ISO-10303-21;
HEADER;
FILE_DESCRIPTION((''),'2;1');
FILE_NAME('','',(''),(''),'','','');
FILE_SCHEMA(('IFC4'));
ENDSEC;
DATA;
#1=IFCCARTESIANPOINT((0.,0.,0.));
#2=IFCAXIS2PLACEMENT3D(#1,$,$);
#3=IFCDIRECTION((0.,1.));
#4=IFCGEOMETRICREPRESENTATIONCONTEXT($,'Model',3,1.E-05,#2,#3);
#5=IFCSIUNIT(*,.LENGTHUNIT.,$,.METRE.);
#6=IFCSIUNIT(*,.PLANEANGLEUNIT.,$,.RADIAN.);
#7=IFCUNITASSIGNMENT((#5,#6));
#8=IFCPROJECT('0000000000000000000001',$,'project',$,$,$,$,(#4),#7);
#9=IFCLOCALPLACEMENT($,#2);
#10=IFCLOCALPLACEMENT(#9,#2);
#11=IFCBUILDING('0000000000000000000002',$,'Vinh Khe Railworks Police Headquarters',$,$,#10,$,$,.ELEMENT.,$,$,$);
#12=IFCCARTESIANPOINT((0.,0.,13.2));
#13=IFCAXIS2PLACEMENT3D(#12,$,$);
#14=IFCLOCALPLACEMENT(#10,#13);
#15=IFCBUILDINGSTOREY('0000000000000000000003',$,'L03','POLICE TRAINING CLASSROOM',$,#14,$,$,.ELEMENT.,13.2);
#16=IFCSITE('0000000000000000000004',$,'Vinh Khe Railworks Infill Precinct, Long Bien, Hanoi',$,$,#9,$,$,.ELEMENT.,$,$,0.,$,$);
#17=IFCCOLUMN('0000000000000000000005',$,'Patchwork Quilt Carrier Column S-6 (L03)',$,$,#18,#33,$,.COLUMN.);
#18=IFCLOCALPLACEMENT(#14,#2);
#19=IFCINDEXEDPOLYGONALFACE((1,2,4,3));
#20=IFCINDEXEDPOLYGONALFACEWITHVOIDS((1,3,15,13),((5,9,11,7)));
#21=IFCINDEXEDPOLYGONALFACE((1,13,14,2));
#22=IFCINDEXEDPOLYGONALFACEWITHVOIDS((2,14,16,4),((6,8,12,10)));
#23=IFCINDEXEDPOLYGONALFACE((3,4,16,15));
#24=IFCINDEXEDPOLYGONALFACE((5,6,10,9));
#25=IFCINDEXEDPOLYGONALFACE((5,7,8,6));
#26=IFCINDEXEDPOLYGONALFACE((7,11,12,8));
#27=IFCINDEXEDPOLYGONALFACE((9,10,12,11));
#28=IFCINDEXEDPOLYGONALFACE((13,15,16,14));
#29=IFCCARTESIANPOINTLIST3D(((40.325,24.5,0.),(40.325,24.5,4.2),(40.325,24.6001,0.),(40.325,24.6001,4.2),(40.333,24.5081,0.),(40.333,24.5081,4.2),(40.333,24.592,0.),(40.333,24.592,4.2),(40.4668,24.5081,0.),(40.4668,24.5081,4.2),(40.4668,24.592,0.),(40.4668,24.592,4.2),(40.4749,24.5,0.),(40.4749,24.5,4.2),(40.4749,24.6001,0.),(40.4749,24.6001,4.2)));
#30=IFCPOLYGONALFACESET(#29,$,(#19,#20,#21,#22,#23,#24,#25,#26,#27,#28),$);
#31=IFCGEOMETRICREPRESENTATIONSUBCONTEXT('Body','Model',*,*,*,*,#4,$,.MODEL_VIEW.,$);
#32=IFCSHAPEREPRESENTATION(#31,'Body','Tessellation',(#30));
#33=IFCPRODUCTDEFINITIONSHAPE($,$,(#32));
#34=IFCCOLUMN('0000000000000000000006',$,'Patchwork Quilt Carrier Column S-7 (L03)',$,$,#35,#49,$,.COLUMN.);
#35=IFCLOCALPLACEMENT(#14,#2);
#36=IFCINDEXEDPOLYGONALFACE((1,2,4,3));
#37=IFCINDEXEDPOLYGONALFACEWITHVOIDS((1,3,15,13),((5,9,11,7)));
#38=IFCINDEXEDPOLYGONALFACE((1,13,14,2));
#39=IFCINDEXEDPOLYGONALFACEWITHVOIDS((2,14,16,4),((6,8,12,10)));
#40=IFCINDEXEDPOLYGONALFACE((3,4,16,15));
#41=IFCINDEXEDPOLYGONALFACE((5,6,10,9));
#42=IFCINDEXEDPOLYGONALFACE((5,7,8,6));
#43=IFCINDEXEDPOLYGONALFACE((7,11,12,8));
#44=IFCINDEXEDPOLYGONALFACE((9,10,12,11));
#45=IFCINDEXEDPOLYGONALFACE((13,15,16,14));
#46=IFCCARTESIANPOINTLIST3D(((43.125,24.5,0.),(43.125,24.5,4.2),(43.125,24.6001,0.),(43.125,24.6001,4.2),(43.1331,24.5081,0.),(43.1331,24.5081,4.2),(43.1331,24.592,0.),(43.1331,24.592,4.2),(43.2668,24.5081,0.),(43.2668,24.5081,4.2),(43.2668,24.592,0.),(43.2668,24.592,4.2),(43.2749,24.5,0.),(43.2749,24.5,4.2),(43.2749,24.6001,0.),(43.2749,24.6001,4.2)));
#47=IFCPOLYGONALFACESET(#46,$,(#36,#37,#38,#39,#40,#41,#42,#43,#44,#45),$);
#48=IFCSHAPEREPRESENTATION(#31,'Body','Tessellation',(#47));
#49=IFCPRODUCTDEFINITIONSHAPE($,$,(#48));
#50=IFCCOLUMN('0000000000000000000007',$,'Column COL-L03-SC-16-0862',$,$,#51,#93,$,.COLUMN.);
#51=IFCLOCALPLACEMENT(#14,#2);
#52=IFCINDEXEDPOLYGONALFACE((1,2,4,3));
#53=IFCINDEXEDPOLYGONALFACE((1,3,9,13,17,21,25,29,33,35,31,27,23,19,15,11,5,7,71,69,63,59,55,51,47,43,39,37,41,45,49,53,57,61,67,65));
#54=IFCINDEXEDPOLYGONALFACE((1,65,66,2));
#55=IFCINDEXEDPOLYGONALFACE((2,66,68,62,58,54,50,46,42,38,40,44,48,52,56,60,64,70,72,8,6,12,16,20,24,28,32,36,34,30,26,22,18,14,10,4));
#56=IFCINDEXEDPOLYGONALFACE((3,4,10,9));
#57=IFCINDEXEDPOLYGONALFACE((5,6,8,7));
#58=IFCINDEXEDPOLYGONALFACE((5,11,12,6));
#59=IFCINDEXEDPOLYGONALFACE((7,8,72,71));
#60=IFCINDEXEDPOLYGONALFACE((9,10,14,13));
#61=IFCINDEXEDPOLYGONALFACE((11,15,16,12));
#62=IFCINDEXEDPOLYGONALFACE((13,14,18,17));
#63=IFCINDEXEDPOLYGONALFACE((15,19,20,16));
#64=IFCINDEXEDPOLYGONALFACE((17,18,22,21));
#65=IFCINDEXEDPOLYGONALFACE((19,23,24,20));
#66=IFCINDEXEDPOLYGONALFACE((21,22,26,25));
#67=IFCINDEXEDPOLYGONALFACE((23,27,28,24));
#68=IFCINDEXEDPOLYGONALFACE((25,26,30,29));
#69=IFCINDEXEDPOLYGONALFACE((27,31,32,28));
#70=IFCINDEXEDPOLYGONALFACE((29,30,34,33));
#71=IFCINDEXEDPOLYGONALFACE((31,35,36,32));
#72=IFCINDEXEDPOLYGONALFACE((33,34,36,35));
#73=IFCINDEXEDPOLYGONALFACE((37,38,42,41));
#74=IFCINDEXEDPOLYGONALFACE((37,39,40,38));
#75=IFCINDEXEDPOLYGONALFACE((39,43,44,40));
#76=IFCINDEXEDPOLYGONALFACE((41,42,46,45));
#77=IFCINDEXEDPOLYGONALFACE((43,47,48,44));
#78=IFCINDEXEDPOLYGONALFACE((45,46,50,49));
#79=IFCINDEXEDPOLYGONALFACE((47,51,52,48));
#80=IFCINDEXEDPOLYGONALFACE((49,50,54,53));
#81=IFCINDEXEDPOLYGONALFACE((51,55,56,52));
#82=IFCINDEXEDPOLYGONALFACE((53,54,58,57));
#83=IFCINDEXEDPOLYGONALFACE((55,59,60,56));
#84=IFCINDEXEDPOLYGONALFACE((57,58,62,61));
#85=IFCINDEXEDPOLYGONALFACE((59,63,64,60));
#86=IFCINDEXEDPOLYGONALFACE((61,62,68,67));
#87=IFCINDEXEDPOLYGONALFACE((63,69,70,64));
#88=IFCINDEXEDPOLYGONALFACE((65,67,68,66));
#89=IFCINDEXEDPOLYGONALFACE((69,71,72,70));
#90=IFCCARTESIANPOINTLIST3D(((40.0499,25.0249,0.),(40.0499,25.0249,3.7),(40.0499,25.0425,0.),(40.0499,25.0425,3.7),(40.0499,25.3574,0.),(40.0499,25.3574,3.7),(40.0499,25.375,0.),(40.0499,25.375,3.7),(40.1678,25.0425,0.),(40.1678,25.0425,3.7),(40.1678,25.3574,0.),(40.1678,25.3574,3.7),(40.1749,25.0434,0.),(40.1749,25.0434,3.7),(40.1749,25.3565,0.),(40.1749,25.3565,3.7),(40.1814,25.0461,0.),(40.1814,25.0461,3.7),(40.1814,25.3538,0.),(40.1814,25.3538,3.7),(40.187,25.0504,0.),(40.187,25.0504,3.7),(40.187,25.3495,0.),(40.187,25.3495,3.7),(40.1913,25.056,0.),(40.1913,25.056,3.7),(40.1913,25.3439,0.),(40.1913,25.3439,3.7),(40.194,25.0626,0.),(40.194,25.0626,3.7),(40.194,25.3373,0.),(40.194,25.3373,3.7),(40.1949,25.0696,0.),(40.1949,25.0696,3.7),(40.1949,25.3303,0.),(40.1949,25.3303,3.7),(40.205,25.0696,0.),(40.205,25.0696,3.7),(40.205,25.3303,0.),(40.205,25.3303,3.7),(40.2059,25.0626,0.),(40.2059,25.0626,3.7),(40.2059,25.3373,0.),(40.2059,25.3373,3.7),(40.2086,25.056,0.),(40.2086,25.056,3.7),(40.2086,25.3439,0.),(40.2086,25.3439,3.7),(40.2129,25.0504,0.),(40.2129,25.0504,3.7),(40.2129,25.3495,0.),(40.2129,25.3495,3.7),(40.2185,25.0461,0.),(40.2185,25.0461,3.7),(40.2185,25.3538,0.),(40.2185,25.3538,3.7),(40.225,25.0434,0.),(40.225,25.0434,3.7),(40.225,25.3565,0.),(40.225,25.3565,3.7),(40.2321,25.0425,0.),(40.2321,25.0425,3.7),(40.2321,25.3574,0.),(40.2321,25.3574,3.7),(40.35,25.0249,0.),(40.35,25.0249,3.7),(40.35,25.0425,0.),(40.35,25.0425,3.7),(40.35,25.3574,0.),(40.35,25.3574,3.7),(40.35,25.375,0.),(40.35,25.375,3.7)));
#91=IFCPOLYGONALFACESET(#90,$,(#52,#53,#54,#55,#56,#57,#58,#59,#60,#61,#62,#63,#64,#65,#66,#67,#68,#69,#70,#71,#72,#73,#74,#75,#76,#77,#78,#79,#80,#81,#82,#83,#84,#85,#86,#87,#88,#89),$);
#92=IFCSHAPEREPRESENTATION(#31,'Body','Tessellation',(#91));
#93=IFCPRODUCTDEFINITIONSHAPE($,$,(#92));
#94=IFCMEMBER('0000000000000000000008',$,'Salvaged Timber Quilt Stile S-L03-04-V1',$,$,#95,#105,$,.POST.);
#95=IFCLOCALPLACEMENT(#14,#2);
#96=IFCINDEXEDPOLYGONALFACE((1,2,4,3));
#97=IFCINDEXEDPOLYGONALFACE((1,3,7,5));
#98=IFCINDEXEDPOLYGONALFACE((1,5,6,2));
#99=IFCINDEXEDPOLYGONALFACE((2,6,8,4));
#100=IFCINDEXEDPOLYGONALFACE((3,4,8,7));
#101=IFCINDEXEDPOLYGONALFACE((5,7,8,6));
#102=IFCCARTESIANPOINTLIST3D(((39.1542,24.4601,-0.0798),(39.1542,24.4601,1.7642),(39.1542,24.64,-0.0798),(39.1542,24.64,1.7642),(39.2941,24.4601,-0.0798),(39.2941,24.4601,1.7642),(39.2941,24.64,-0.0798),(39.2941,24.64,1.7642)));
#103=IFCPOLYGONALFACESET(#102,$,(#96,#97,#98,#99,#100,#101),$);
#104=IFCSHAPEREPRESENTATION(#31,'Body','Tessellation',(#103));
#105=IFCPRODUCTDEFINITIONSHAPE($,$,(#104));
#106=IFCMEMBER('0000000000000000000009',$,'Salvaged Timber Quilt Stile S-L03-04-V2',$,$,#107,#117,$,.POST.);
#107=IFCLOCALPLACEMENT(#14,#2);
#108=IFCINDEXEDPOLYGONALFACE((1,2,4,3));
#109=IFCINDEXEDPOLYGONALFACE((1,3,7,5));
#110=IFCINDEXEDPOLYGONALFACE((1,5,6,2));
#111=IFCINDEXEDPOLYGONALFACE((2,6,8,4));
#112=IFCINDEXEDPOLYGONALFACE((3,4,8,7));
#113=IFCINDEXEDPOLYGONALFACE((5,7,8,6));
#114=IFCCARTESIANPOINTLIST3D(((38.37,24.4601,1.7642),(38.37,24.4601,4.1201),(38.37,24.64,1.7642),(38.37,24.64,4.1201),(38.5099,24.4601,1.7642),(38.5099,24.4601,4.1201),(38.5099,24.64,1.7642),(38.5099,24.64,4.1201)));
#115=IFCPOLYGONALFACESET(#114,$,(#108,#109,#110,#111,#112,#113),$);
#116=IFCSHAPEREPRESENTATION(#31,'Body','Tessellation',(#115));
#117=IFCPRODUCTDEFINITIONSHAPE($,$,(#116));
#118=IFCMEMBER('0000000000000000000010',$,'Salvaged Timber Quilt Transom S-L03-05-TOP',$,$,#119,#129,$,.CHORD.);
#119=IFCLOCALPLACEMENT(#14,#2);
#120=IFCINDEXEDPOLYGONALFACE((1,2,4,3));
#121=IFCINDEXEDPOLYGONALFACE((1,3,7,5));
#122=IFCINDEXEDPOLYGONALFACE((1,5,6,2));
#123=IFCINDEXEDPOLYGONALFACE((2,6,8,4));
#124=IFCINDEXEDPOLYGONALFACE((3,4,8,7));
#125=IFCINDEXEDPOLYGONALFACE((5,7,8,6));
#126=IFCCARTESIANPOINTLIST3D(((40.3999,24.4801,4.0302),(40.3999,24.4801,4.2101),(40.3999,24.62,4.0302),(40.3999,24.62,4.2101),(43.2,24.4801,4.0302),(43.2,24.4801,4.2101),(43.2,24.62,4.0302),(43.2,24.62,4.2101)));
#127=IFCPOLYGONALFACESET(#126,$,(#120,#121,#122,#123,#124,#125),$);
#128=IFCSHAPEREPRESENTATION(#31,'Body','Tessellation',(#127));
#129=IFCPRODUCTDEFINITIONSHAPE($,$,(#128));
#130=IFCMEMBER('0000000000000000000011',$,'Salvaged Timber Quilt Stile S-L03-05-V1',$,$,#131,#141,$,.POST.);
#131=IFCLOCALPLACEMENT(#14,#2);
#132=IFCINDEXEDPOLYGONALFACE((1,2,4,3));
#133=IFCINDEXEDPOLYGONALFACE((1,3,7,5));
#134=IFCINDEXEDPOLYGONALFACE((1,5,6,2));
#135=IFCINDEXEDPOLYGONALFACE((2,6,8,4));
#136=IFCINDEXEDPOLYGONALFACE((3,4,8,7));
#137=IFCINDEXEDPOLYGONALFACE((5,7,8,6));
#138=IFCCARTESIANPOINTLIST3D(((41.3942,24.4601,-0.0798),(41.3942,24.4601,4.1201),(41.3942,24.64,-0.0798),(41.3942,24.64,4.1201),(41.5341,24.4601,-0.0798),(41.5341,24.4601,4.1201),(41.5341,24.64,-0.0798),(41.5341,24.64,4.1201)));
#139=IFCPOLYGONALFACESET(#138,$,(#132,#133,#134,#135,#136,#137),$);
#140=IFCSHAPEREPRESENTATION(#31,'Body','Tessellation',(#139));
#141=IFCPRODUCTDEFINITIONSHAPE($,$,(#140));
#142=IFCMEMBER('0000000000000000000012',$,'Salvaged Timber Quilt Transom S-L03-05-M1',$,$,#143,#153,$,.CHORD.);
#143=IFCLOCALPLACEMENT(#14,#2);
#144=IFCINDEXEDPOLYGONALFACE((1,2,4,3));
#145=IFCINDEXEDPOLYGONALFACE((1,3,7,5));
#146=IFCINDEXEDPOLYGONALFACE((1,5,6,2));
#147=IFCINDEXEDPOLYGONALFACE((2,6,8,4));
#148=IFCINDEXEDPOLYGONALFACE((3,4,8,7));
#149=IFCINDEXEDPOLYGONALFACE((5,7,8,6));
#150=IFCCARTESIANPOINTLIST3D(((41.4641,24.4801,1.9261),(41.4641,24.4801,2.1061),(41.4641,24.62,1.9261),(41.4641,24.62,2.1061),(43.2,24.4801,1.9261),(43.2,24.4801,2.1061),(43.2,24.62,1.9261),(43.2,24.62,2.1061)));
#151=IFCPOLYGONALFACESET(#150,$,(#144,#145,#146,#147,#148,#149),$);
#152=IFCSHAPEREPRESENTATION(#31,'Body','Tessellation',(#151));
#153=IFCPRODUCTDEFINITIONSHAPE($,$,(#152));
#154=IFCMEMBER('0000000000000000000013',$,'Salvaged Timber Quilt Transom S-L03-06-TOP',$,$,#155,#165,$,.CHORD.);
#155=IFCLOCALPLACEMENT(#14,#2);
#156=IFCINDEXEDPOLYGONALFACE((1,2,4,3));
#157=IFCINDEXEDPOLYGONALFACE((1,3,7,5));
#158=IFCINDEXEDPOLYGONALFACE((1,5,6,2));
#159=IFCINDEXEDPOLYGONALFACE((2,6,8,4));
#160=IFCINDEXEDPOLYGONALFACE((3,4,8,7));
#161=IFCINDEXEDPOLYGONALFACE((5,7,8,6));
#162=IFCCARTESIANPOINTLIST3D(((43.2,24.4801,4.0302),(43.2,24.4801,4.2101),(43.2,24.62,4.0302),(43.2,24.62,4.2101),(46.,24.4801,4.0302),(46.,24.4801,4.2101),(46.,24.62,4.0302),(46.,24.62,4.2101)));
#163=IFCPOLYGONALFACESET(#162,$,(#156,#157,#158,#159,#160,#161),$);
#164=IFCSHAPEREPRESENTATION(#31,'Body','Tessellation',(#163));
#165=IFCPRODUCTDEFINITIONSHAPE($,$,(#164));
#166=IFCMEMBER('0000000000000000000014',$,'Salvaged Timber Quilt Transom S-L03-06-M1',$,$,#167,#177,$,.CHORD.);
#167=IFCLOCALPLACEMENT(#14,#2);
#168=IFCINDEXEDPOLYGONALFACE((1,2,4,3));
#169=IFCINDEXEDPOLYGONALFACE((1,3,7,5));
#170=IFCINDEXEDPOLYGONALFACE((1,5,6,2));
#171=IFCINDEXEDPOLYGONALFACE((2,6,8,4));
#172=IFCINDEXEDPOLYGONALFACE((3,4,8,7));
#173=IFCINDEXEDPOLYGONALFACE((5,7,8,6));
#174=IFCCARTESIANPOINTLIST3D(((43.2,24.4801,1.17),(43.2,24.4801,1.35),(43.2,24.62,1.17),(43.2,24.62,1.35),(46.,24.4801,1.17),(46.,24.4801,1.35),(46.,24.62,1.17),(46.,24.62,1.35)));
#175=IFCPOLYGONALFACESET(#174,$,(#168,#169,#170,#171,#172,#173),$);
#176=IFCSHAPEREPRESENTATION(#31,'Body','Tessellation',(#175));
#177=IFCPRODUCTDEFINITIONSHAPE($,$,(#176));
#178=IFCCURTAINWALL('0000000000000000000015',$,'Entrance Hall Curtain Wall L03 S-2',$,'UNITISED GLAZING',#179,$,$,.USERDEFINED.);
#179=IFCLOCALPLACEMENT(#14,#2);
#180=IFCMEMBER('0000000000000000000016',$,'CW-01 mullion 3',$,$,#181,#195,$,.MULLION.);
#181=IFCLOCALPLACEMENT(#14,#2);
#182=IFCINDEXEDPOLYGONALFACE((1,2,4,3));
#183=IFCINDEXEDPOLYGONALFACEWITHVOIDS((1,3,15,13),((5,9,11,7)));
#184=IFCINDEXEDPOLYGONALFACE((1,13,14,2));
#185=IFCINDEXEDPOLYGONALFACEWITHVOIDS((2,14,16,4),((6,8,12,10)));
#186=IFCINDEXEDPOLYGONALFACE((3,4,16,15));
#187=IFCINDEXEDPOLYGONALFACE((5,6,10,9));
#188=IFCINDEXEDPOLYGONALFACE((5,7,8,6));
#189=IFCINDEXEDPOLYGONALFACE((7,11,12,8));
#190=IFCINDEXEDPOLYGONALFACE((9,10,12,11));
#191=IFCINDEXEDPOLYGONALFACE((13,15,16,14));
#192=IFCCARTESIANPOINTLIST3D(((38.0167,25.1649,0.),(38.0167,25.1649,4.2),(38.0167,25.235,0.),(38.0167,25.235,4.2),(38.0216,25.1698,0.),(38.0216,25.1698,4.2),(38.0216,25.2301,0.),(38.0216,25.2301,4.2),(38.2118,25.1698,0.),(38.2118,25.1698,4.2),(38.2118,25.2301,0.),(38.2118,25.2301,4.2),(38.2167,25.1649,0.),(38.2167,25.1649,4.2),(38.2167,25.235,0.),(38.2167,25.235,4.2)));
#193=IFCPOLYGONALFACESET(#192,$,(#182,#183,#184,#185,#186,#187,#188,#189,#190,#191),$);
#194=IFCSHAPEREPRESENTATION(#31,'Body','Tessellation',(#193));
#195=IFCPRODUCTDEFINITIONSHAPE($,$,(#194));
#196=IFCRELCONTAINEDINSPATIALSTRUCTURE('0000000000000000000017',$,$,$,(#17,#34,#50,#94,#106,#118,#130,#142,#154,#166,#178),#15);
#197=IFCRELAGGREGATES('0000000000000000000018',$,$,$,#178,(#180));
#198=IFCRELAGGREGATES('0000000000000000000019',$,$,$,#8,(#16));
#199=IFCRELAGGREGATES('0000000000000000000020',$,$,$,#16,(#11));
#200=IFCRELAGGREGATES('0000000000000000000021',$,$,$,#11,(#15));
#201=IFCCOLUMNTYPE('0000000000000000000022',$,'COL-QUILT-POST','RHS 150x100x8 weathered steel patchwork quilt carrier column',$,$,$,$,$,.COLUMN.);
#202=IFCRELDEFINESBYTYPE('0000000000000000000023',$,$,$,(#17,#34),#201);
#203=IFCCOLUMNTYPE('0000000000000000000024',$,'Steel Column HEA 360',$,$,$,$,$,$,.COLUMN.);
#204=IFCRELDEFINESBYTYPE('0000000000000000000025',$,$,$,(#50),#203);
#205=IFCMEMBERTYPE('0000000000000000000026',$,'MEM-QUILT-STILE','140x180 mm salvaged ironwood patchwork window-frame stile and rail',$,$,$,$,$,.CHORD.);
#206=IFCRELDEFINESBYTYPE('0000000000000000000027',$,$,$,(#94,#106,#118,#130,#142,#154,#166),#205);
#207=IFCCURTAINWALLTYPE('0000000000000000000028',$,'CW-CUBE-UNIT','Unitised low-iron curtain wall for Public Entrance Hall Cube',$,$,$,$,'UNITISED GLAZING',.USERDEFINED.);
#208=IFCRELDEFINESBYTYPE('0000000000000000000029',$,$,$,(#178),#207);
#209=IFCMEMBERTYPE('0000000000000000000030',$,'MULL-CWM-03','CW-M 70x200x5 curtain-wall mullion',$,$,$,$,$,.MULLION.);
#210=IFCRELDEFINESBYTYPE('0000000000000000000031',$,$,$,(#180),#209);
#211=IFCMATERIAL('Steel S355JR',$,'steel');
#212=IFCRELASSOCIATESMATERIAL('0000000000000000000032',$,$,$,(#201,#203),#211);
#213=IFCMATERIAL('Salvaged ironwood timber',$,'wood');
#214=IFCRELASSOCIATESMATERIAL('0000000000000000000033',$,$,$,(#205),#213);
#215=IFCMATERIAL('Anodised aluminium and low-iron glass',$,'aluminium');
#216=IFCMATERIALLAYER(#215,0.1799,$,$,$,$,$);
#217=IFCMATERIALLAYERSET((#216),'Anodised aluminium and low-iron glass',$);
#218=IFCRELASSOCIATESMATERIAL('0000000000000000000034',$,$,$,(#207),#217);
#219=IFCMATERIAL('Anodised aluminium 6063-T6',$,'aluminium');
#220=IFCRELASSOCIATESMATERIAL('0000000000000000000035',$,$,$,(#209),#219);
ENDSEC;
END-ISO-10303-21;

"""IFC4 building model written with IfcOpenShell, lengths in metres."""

from ifc_helpers import new_model, si_unit, direction, frame, origin, origin_2d, place, context, subcontext, project, spatial, rectangle, hollow_rectangle, i_section, extrude, material, layer, layer_set, material_profile, profile_set, type_object, element, aggregate, save


model = new_model("IFC4")

# Units and contexts
model_context = context("Model", 3, precision=1e-05, world=origin(), true_north=direction((0.0, 1.0)))
body_context = subcontext(model_context, "Body", "Model", "MODEL_VIEW")
ifc_project = project(units=[si_unit("LENGTHUNIT", "METRE"), si_unit("PLANEANGLEUNIT", "RADIAN")], contexts=[model_context])

# Site, building, storey
site_placement = place(None, origin())
site = spatial("IfcSite", under=ifc_project, at=site_placement, Name="Vinh Khe Railworks Infill Precinct, Long Bien, Hanoi", CompositionType="ELEMENT", RefElevation=0.0)
building_placement = place(site_placement, origin())
building = spatial("IfcBuilding", under=site, at=building_placement, Name="Vinh Khe Railworks Police Headquarters", CompositionType="ELEMENT")
storey_placement = place(building_placement, frame((0.0, 0.0, 13.2)))
storey = spatial("IfcBuildingStorey", under=building, at=storey_placement, Name="L03", Description="POLICE TRAINING CLASSROOM", CompositionType="ELEMENT", Elevation=13.2)

# Columns
ifc_material_1 = material(Name="Steel S355JR", Category="steel")
ifc_material_profile_1 = material_profile(ifc_material_1, hollow_rectangle(XDim=0.1499, YDim=0.1001, WallThickness=0.0081, at=origin_2d()), Name="RHS 150x100x8")
ifc_profile_set_1 = profile_set([ifc_material_profile_1], Name="Steel S355JR")
column_type_1 = type_object("IfcColumnType", Name="COL-QUILT-POST", Description="RHS 150x100x8 weathered steel patchwork quilt carrier column", PredefinedType="COLUMN", material=ifc_profile_set_1)
for number, where, z_axis, x_axis, name in (
    (1, (40.3999, 24.55, 0.0), (0.0, 0.0, 1.0), (1.0, 0.0, 0.0), "Patchwork Quilt Carrier Column S-6 (L03)"),
    (2, (43.2, 24.55, 0.0), (0.0, 0.0, 1.0), (1.0, 0.0, 0.0), "Patchwork Quilt Carrier Column S-7 (L03)"),
):
    element("IfcColumn", number, at=place(storey_placement, frame(where, z_axis=z_axis, x_axis=x_axis)), inside=storey, type_object=column_type_1, Name=name, PredefinedType="COLUMN", context=body_context, shape_type="SweptSolid", body=[
        extrude(hollow_rectangle(XDim=0.1499, YDim=0.1001, WallThickness=0.0081, at=origin_2d()), origin(), (0.0, 0.0, 1.0), 4.2),
    ])
ifc_material_profile_2 = material_profile(ifc_material_1, i_section(OverallWidth=0.3, OverallDepth=0.3501, WebThickness=0.01, FlangeThickness=0.0176, FilletRadius=0.0271, at=origin_2d()), Name="HEA 360")
ifc_profile_set_2 = profile_set([ifc_material_profile_2], Name="Steel S355JR")
column_type_2 = type_object("IfcColumnType", Name="Steel Column HEA 360", PredefinedType="COLUMN", material=ifc_profile_set_2)
column_placement = place(storey_placement, frame((40.2, 25.2, 0.0), z_axis=(0.0, 0.0, 1.0), x_axis=(1.0, 0.0, 0.0)))
element("IfcColumn", 3, at=column_placement, inside=storey, type_object=column_type_2, Name="Column COL-L03-SC-16-0862", PredefinedType="COLUMN", context=body_context, shape_type="SweptSolid", body=[
    extrude(i_section(OverallWidth=0.3, OverallDepth=0.3501, WebThickness=0.01, FlangeThickness=0.0176, FilletRadius=0.0271, at=origin_2d()), origin(), (0.0, 0.0, 1.0), 3.7),
])

# Members
ifc_material_2 = material(Name="Salvaged ironwood timber", Category="wood")
ifc_material_profile_3 = material_profile(ifc_material_2, rectangle(XDim=0.1399, YDim=0.1799, at=origin_2d()), Name="TIMBER 140x180")
ifc_profile_set_3 = profile_set([ifc_material_profile_3], Name="Salvaged ironwood timber")
member_type_1 = type_object("IfcMemberType", Name="MEM-QUILT-STILE", Description="140x180 mm salvaged ironwood patchwork window-frame stile and rail", PredefinedType="CHORD", material=ifc_profile_set_3)
member_1_placement = place(storey_placement, frame((39.2241, 24.55, -0.0798), z_axis=(0.0, 0.0, 1.0), x_axis=(1.0, 0.0, 0.0)))
element("IfcMember", 4, at=member_1_placement, inside=storey, type_object=member_type_1, Name="Salvaged Timber Quilt Stile S-L03-04-V1", PredefinedType="POST", context=body_context, shape_type="SweptSolid", body=[
    extrude(rectangle(XDim=0.1399, YDim=0.1799, at=origin_2d()), origin(), (0.0, 0.0, 1.0), 1.844),
])
member_2_placement = place(storey_placement, frame((38.4399, 24.55, 1.7642), z_axis=(0.0, 0.0, 1.0), x_axis=(1.0, 0.0, 0.0)))
element("IfcMember", 5, at=member_2_placement, inside=storey, type_object=member_type_1, Name="Salvaged Timber Quilt Stile S-L03-04-V2", PredefinedType="POST", context=body_context, shape_type="SweptSolid", body=[
    extrude(rectangle(XDim=0.1399, YDim=0.1799, at=origin_2d()), origin(), (0.0, 0.0, 1.0), 2.356),
])
member_3_placement = place(storey_placement, frame((40.3999, 24.55, 4.1201), z_axis=(1.0, 0.0, 0.0), x_axis=(0.0, 1.0, 0.0)))
element("IfcMember", 6, at=member_3_placement, inside=storey, type_object=member_type_1, Name="Salvaged Timber Quilt Transom S-L03-05-TOP", PredefinedType="CHORD", context=body_context, shape_type="SweptSolid", body=[
    extrude(rectangle(XDim=0.1399, YDim=0.1799, at=origin_2d()), origin(), (0.0, 0.0, 1.0), 2.8),
])
member_4_placement = place(storey_placement, frame((41.4641, 24.55, -0.0798), z_axis=(0.0, 0.0, 1.0), x_axis=(1.0, 0.0, 0.0)))
element("IfcMember", 7, at=member_4_placement, inside=storey, type_object=member_type_1, Name="Salvaged Timber Quilt Stile S-L03-05-V1", PredefinedType="POST", context=body_context, shape_type="SweptSolid", body=[
    extrude(rectangle(XDim=0.1399, YDim=0.1799, at=origin_2d()), origin(), (0.0, 0.0, 1.0), 4.2),
])
member_5_placement = place(storey_placement, frame((41.4641, 24.55, 2.0161), z_axis=(1.0, 0.0, 0.0), x_axis=(0.0, 1.0, 0.0)))
element("IfcMember", 8, at=member_5_placement, inside=storey, type_object=member_type_1, Name="Salvaged Timber Quilt Transom S-L03-05-M1", PredefinedType="CHORD", context=body_context, shape_type="SweptSolid", body=[
    extrude(rectangle(XDim=0.1399, YDim=0.1799, at=origin_2d()), origin(), (0.0, 0.0, 1.0), 1.7358),
])
for number, where, z_axis, x_axis, name in (
    (9, (43.2, 24.55, 4.1201), (1.0, 0.0, 0.0), (0.0, 1.0, 0.0), "Salvaged Timber Quilt Transom S-L03-06-TOP"),
    (10, (43.2, 24.55, 1.26), (1.0, 0.0, 0.0), (0.0, 1.0, 0.0), "Salvaged Timber Quilt Transom S-L03-06-M1"),
):
    element("IfcMember", number, at=place(storey_placement, frame(where, z_axis=z_axis, x_axis=x_axis)), inside=storey, type_object=member_type_1, Name=name, PredefinedType="CHORD", context=body_context, shape_type="SweptSolid", body=[
        extrude(rectangle(XDim=0.1399, YDim=0.1799, at=origin_2d()), origin(), (0.0, 0.0, 1.0), 2.8),
    ])

# Curtain wall, member
ifc_material_3 = material(Name="Anodised aluminium and low-iron glass", Category="aluminium")
ifc_layer_1 = layer(ifc_material_3, 0.1799)
ifc_layer_set_1 = layer_set([ifc_layer_1], Name="Anodised aluminium and low-iron glass")
curtain_wall_type = type_object("IfcCurtainWallType", Name="CW-CUBE-UNIT", Description="Unitised low-iron curtain wall for Public Entrance Hall Cube", ElementType="UNITISED GLAZING", PredefinedType="USERDEFINED", material=ifc_layer_set_1)
curtain_wall_1_placement = place(storey_placement, origin())
curtain_wall_1 = element("IfcCurtainWall", 11, at=curtain_wall_1_placement, inside=storey, type_object=curtain_wall_type, Name="Entrance Hall Curtain Wall L03 S-2", ObjectType="UNITISED GLAZING", PredefinedType="USERDEFINED")
ifc_material_4 = material(Name="Anodised aluminium 6063-T6", Category="aluminium")
ifc_material_profile_4 = material_profile(ifc_material_4, hollow_rectangle(XDim=0.0701, YDim=0.2, WallThickness=0.0049, at=origin_2d()), Name="CW-M 70x200x5")
ifc_profile_set_4 = profile_set([ifc_material_profile_4], Name="Anodised aluminium 6063-T6")
member_type_2 = type_object("IfcMemberType", Name="MULL-CWM-03", Description="CW-M 70x200x5 curtain-wall mullion", PredefinedType="MULLION", material=ifc_profile_set_4)
member_6_placement = place(storey_placement, frame((38.1167, 25.2, 0.0), z_axis=(0.0, 0.0, 1.0), x_axis=(0.0, 1.0, 0.0)))
member_6 = element("IfcMember", 12, at=member_6_placement, type_object=member_type_2, Name="CW-01 mullion 3", PredefinedType="MULLION", context=body_context, shape_type="SweptSolid", body=[
    extrude(hollow_rectangle(XDim=0.0701, YDim=0.2, WallThickness=0.0049, at=origin_2d()), origin(), (0.0, 0.0, 1.0), 4.2),
])

aggregate(curtain_wall_1, [member_6])

save(model, "model.ifc")
